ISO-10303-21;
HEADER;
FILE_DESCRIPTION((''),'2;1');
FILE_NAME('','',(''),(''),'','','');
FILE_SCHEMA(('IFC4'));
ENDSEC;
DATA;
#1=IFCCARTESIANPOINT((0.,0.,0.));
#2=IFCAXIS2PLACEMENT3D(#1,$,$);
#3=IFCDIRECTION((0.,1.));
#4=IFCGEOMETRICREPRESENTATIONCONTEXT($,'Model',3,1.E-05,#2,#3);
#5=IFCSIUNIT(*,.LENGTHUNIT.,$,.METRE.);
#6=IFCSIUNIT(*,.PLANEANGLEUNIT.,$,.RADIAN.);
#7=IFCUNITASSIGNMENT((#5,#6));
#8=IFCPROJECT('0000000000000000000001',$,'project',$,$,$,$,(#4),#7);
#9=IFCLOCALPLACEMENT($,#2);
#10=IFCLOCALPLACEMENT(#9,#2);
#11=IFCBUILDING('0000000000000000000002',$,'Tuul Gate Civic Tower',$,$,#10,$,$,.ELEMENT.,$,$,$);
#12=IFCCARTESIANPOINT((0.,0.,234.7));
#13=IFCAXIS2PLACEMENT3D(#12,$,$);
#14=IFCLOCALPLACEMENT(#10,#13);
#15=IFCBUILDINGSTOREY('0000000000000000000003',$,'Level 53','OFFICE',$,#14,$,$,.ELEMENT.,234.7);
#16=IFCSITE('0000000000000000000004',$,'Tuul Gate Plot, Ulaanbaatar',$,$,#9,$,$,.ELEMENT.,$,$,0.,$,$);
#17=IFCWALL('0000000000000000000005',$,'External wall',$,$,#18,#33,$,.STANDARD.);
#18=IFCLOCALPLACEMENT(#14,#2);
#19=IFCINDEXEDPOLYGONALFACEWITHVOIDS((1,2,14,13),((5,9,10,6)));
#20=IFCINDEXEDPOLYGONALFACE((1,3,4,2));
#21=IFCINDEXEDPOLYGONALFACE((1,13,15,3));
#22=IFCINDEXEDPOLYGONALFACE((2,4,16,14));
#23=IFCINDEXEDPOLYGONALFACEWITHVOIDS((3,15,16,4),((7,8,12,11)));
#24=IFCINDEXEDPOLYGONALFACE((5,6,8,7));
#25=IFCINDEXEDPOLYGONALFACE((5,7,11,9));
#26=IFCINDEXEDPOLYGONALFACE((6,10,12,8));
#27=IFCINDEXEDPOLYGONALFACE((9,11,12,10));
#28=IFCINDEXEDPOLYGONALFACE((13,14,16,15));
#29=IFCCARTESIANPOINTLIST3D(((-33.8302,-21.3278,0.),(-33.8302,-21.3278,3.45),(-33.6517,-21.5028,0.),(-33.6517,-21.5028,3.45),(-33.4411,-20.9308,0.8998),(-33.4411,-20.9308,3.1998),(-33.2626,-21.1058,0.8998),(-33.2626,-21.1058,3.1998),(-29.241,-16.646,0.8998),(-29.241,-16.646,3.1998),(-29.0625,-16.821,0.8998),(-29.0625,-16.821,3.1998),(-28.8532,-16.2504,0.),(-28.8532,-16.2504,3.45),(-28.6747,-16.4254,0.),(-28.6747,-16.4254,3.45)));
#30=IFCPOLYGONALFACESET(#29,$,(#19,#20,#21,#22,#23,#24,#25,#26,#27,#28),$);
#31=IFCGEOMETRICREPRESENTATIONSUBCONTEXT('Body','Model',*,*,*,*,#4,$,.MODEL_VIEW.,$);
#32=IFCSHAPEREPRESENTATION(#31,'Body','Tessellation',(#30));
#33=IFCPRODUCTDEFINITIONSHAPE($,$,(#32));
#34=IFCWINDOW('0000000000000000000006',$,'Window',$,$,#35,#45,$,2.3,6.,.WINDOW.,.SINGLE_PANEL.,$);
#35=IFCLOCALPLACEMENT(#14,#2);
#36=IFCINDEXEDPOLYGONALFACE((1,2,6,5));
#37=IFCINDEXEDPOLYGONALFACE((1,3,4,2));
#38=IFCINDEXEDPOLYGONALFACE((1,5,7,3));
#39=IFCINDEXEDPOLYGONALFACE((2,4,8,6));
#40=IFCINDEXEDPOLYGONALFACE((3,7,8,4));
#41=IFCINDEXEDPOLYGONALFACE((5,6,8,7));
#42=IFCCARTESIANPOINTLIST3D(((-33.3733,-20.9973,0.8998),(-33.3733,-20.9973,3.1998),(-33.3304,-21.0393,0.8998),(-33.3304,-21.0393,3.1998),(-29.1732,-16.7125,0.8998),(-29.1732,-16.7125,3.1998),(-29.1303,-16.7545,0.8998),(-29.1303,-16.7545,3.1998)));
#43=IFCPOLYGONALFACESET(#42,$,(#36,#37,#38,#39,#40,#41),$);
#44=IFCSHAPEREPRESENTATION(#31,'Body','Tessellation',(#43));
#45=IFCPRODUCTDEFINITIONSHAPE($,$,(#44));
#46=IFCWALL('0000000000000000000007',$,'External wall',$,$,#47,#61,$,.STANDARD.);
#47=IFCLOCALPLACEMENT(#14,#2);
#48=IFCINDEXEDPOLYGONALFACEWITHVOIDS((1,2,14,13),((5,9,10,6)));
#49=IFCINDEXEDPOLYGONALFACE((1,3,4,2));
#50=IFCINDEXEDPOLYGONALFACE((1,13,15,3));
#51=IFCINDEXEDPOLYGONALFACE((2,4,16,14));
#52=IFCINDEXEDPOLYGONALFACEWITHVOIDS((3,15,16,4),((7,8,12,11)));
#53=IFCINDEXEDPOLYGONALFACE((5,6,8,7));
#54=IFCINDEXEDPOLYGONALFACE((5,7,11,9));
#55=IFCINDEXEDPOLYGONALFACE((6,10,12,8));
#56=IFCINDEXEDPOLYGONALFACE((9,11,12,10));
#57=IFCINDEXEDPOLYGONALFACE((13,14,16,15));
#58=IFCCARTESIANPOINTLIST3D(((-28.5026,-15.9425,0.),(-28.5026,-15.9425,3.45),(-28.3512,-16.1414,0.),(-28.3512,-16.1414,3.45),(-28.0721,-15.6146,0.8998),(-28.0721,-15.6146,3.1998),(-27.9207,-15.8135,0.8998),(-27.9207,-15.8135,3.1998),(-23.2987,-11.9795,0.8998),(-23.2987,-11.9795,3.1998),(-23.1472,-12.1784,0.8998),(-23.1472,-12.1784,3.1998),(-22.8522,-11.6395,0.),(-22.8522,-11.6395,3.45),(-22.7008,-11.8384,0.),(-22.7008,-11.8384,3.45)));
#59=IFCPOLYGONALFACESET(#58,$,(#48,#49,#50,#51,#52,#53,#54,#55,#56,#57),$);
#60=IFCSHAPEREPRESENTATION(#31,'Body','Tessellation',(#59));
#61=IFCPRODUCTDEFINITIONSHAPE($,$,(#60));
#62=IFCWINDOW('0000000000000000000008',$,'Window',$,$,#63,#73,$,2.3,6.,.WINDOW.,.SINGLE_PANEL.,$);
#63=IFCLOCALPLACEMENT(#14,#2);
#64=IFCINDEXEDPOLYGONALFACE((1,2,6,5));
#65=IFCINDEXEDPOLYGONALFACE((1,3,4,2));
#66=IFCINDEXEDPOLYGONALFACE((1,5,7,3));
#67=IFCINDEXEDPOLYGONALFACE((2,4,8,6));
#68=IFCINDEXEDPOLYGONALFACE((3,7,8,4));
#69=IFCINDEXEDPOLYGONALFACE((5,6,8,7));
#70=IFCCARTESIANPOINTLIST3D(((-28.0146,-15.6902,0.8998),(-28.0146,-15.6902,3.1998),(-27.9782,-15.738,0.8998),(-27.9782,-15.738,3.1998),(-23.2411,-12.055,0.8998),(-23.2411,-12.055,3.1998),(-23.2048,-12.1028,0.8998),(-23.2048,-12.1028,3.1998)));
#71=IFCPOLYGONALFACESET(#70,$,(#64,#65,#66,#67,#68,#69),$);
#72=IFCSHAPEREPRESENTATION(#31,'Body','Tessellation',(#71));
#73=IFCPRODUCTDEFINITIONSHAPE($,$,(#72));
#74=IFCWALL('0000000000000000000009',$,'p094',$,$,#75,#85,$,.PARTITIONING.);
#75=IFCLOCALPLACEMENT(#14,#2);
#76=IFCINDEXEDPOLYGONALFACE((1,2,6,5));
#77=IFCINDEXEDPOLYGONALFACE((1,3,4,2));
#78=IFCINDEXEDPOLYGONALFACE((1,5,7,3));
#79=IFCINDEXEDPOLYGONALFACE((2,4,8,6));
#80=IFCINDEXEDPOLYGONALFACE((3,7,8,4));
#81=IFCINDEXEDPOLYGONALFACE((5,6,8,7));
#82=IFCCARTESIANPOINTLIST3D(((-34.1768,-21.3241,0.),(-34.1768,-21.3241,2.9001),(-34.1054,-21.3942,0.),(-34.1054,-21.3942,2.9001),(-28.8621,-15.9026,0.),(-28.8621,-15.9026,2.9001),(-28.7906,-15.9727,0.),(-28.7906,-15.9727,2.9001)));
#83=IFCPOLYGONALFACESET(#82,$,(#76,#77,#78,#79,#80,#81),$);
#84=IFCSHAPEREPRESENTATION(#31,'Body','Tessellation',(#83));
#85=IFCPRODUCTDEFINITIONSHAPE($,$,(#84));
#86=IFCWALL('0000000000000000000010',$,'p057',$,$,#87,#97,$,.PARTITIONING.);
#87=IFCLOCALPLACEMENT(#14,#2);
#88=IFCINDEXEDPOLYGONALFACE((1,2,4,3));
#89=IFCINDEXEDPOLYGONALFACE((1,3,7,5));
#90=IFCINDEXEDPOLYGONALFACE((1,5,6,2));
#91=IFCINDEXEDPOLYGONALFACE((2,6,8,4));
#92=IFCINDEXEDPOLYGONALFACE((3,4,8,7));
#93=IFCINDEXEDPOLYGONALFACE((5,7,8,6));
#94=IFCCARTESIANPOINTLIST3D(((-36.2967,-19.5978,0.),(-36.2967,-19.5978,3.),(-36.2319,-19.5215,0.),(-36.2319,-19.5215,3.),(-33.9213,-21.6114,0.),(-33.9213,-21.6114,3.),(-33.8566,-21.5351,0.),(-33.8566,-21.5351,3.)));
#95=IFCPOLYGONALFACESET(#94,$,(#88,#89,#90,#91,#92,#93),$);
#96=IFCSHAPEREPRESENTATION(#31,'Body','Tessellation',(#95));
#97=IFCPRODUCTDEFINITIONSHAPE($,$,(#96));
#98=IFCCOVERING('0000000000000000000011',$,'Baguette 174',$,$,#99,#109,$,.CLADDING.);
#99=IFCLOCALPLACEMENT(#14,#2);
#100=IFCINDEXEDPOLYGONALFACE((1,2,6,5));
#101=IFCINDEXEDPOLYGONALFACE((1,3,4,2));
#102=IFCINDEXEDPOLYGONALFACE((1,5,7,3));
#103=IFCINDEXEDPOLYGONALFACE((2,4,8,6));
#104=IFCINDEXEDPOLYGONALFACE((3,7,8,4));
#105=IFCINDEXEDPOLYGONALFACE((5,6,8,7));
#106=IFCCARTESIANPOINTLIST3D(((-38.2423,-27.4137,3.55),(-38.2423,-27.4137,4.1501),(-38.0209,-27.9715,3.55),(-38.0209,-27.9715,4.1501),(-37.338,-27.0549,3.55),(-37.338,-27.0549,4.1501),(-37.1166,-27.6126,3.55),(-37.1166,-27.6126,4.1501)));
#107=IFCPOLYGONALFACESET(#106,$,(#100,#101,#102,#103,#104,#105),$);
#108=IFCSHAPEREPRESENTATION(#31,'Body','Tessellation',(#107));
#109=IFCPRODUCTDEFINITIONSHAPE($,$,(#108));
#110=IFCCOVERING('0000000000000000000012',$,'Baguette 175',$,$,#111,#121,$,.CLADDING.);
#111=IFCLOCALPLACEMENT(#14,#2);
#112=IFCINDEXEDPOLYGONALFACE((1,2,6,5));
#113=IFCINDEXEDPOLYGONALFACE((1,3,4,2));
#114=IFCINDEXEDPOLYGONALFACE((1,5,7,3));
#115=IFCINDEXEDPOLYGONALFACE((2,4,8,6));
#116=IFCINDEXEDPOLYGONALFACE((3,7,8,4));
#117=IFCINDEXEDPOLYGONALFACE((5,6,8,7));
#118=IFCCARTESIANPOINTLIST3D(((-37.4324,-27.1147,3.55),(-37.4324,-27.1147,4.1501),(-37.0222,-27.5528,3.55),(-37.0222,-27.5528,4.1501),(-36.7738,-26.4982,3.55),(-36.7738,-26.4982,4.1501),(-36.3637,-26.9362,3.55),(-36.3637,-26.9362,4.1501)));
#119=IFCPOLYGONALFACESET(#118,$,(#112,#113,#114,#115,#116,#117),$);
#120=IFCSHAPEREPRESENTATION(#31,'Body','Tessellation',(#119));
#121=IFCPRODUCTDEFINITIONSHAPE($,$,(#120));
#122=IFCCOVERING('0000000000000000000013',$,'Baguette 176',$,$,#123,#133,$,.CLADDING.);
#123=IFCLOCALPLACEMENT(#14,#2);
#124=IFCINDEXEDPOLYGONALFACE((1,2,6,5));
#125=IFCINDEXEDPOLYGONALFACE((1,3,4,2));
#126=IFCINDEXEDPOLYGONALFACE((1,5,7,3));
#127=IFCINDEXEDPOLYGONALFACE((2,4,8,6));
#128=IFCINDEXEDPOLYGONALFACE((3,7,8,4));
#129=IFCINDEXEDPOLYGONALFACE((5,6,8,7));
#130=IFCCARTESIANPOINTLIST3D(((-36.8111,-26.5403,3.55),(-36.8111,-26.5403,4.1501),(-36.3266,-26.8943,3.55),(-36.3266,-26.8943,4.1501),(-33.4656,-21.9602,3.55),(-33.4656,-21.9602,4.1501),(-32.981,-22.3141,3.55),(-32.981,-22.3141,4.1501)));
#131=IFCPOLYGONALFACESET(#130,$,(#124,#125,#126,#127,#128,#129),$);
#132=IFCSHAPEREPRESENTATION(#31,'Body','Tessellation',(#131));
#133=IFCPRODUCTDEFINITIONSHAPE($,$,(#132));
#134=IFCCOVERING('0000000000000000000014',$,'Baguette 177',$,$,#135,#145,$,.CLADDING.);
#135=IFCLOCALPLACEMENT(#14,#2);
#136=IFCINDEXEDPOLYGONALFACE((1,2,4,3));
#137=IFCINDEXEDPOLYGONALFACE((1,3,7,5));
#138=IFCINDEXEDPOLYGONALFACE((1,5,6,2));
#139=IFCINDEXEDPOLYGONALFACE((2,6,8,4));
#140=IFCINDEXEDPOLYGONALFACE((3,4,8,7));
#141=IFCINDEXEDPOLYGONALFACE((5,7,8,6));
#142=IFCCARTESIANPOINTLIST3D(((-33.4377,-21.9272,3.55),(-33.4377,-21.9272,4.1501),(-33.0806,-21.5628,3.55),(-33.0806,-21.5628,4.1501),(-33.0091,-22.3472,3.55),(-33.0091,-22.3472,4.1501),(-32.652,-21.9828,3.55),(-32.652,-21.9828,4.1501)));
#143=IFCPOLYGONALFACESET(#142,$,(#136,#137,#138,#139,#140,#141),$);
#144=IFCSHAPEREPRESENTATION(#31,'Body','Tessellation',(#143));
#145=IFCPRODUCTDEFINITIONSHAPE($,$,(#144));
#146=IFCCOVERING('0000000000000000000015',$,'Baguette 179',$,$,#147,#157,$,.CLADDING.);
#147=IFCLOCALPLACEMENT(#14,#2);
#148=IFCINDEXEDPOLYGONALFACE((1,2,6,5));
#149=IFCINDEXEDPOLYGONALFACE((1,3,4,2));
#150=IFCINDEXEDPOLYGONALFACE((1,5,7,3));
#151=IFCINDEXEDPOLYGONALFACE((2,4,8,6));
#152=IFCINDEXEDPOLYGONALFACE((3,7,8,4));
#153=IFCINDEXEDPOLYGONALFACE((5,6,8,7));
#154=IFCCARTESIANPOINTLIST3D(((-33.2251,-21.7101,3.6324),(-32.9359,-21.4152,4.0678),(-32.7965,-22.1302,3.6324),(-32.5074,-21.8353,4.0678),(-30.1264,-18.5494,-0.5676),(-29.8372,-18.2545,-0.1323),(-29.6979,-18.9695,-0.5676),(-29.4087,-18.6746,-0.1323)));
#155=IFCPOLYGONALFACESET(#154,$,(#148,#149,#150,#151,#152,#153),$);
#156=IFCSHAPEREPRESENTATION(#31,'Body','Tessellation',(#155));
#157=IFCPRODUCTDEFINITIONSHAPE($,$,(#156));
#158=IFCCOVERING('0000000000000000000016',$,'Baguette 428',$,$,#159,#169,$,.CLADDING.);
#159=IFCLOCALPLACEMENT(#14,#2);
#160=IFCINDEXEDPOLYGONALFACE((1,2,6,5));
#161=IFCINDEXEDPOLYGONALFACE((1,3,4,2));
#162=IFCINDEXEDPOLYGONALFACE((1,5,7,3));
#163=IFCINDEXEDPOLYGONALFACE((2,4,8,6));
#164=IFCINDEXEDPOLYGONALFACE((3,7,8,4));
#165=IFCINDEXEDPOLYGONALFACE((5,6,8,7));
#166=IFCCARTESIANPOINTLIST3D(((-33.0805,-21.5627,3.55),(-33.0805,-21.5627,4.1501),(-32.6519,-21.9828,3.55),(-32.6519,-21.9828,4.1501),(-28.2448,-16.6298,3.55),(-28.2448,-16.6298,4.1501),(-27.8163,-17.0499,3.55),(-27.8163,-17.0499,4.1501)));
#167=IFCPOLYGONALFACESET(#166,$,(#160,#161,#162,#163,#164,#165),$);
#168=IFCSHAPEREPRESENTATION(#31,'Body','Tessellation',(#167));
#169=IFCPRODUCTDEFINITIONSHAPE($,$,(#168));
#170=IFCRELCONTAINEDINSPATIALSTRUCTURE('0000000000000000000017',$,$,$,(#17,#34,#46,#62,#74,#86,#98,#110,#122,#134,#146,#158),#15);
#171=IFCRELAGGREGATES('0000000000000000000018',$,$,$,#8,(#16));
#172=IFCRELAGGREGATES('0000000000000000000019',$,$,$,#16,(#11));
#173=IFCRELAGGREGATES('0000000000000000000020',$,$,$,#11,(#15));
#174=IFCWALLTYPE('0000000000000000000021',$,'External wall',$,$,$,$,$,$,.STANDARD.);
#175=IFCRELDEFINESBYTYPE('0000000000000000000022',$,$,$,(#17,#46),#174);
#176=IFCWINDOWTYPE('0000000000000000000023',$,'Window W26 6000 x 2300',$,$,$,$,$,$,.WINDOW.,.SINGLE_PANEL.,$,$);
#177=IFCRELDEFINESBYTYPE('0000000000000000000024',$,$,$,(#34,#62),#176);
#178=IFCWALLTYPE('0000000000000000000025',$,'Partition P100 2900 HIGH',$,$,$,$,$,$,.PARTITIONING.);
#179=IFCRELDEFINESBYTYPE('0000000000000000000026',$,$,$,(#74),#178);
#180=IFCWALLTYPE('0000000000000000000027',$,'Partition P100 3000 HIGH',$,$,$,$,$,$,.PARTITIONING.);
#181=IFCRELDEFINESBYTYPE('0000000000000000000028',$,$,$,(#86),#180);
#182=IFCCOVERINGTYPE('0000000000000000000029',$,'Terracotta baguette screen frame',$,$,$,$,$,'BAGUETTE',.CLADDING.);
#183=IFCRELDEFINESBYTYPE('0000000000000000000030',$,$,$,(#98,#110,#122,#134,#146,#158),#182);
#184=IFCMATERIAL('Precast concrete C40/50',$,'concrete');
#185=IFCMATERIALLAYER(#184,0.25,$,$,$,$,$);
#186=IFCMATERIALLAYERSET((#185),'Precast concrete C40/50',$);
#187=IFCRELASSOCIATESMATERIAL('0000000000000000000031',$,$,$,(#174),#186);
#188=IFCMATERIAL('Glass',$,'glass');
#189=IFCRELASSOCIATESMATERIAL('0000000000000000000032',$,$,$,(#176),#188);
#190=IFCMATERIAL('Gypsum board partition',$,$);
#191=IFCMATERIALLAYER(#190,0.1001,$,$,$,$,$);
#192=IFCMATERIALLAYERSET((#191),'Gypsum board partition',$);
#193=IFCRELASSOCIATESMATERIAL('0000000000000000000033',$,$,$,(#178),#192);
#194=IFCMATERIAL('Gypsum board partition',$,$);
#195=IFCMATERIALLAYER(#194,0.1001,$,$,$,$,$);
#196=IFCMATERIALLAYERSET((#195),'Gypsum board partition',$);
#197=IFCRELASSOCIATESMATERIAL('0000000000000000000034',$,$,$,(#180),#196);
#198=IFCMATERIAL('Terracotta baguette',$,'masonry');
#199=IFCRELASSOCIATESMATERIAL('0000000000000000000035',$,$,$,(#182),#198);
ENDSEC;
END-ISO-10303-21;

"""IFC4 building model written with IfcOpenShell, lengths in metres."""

from ifc_helpers import new_model, si_unit, direction, frame, frame_2d, origin, origin_2d, place, context, subcontext, project, spatial, rectangle, extrude, material, layer, layer_set, material_profile, profile_set, type_object, element, fill, save


model = new_model("IFC4")

# Units and contexts
model_context = context("Model", 3, precision=1e-05, world=origin(), true_north=direction((0.0, 1.0)))
body_context = subcontext(model_context, "Body", "Model", "MODEL_VIEW")
ifc_project = project(units=[si_unit("LENGTHUNIT", "METRE"), si_unit("PLANEANGLEUNIT", "RADIAN")], contexts=[model_context])

# Site, building, storey
site_placement = place(None, origin())
site = spatial("IfcSite", under=ifc_project, at=site_placement, Name="Tuul Gate Plot, Ulaanbaatar", CompositionType="ELEMENT", RefElevation=0.0)
building_placement = place(site_placement, origin())
building = spatial("IfcBuilding", under=site, at=building_placement, Name="Tuul Gate Civic Tower", CompositionType="ELEMENT")
storey_placement = place(building_placement, frame((0.0, 0.0, 234.7)))
storey = spatial("IfcBuildingStorey", under=building, at=storey_placement, Name="Level 53", Description="OFFICE", CompositionType="ELEMENT", Elevation=234.7)

# Walls, openings, windows
ifc_material_1 = material(Name="Precast concrete C40/50", Category="concrete")
ifc_layer_1 = layer(ifc_material_1, 0.25)
ifc_layer_set_1 = layer_set([ifc_layer_1], Name="Precast concrete C40/50")
wall_type_1 = type_object("IfcWallType", Name="External wall", PredefinedType="STANDARD", material=ifc_layer_set_1)
wall_1_placement = place(storey_placement, frame((-33.741, -21.4153, 0.0), z_axis=(0.0, 0.0, 1.0), x_axis=(0.700015, 0.714128, 0.0)))
wall_1 = element("IfcWall", 1, at=wall_1_placement, inside=storey, type_object=wall_type_1, Name="External wall", PredefinedType="STANDARD", context=body_context, shape_type="SweptSolid", body=[
    extrude(rectangle(XDim=7.1099, YDim=0.25, at=frame_2d((3.5549, 0.0))), origin(), (0.0, 0.0, 1.0), 3.45),
])
opening_1_placement = place(wall_1_placement, frame((0.5559, 0.0, 0.8999)))
opening_1 = element("IfcOpeningElement", 2, at=opening_1_placement, cuts=wall_1, PredefinedType="OPENING", context=body_context, shape_type="SweptSolid", body=[
    extrude(rectangle(XDim=6.0, YDim=2.3, at=frame_2d((3.0, 1.1499))), frame((0.0, 0.135, 0.0), z_axis=(0.0, -1.0, 0.0), x_axis=(1.0, 0.0, 0.0)), (0.0, 0.0, 1.0), 0.27),
])
ifc_material_2 = material(Name="Glass", Category="glass")
window_type_1 = type_object("IfcWindowType", Name="Window W26 6000 x 2300", PartitioningType="SINGLE_PANEL", PredefinedType="WINDOW", material=ifc_material_2)
window_1_placement = place(opening_1_placement, origin())
window_1 = element("IfcWindow", 3, at=window_1_placement, inside=storey, type_object=window_type_1, Name="Window", OverallHeight=2.3, OverallWidth=6.0, PartitioningType="SINGLE_PANEL", PredefinedType="WINDOW", context=body_context, shape_type="SweptSolid", body=[
    extrude(rectangle(XDim=6.0, YDim=2.3, at=frame_2d((3.0, 1.1499))), frame((0.0, 0.03, 0.0), z_axis=(0.0, -1.0, 0.0), x_axis=(1.0, 0.0, 0.0)), (0.0, 0.0, 1.0), 0.0601),
])
fill(opening_1, window_1)
wall_2_placement = place(storey_placement, frame((-28.427, -16.042, 0.0), z_axis=(0.0, 0.0, 1.0), x_axis=(0.795573, 0.605858, 0.0)))
wall_2 = element("IfcWall", 4, at=wall_2_placement, inside=storey, type_object=wall_type_1, Name="External wall", PredefinedType="STANDARD", context=body_context, shape_type="SweptSolid", body=[
    extrude(rectangle(XDim=7.1023, YDim=0.25, at=frame_2d((3.5513, 0.0))), origin(), (0.0, 0.0, 1.0), 3.45),
])
opening_2_placement = place(wall_2_placement, frame((0.5413, 0.0, 0.8999)))
opening_2 = element("IfcOpeningElement", 5, at=opening_2_placement, cuts=wall_2, PredefinedType="OPENING", context=body_context, shape_type="SweptSolid", body=[
    extrude(rectangle(XDim=6.0, YDim=2.3, at=frame_2d((3.0, 1.1499))), frame((0.0, 0.135, 0.0), z_axis=(0.0, -1.0, 0.0), x_axis=(1.0, 0.0, 0.0)), (0.0, 0.0, 1.0), 0.27),
])
window_2_placement = place(opening_2_placement, origin())
window_2 = element("IfcWindow", 6, at=window_2_placement, inside=storey, type_object=window_type_1, Name="Window", OverallHeight=2.3, OverallWidth=6.0, PartitioningType="SINGLE_PANEL", PredefinedType="WINDOW", context=body_context, shape_type="SweptSolid", body=[
    extrude(rectangle(XDim=6.0, YDim=2.3, at=frame_2d((3.0, 1.1499))), frame((0.0, 0.03, 0.0), z_axis=(0.0, -1.0, 0.0), x_axis=(1.0, 0.0, 0.0)), (0.0, 0.0, 1.0), 0.0601),
])
fill(opening_2, window_2)

# Walls
ifc_material_3 = material(Name="Gypsum board partition")
ifc_layer_2 = layer(ifc_material_3, 0.1001)
ifc_layer_set_2 = layer_set([ifc_layer_2], Name="Gypsum board partition")
wall_type_2 = type_object("IfcWallType", Name="Partition P100 2900 HIGH", PredefinedType="PARTITIONING", material=ifc_layer_set_2)
wall_3_placement = place(storey_placement, frame((-28.8264, -15.9377, 0.0), z_axis=(0.0, 0.0, 1.0), x_axis=(-0.700045, -0.714098, 0.0)))
element("IfcWall", 7, at=wall_3_placement, inside=storey, type_object=wall_type_2, Name="p094", PredefinedType="PARTITIONING", context=body_context, shape_type="SweptSolid", body=[
    extrude(rectangle(XDim=7.592, YDim=0.1001, at=frame_2d((3.7959, 0.0))), origin(), (0.0, 0.0, 1.0), 2.9001),
])
ifc_material_4 = material(Name="Gypsum board partition")
ifc_layer_3 = layer(ifc_material_4, 0.1001)
ifc_layer_set_3 = layer_set([ifc_layer_3], Name="Gypsum board partition")
wall_type_3 = type_object("IfcWallType", Name="Partition P100 3000 HIGH", PredefinedType="PARTITIONING", material=ifc_layer_set_3)
wall_4_placement = place(storey_placement, frame((-36.2644, -19.5596, 0.0), z_axis=(0.0, 0.0, 1.0), x_axis=(0.762809, -0.646624, 0.0)))
element("IfcWall", 8, at=wall_4_placement, inside=storey, type_object=wall_type_3, Name="p057", PredefinedType="PARTITIONING", context=body_context, shape_type="SweptSolid", body=[
    extrude(rectangle(XDim=3.114, YDim=0.1001, at=frame_2d((1.5571, 0.0))), origin(), (0.0, 0.0, 1.0), 3.0),
])

# Coverings
ifc_material_5 = material(Name="Terracotta baguette", Category="masonry")
ifc_material_profile_1 = material_profile(ifc_material_5, rectangle(XDim=0.6001, YDim=0.6001, at=origin_2d()), Name="Terracotta baguette screen frame")
ifc_profile_set_1 = profile_set([ifc_material_profile_1], Name="Terracotta baguette")
covering_type = type_object("IfcCoveringType", Name="Terracotta baguette screen frame", ElementType="BAGUETTE", PredefinedType="CLADDING", material=ifc_profile_set_1)
covering_1_placement = place(storey_placement, frame((-38.1316, -27.6926, 3.8501), z_axis=(0.929477, 0.36888, 0.0), x_axis=(-0.36888, 0.929477, 0.0)))
element("IfcCovering", 9, at=covering_1_placement, inside=storey, type_object=covering_type, Name="Baguette 174", PredefinedType="CLADDING", context=body_context, shape_type="SweptSolid", body=[
    extrude(rectangle(XDim=0.6001, YDim=0.6001, at=origin_2d()), origin(), (0.0, 0.0, 1.0), 0.9729),
])
covering_2_placement = place(storey_placement, frame((-37.2273, -27.3337, 3.8501), z_axis=(0.730001, 0.683446, 0.0), x_axis=(-0.683446, 0.730001, 0.0)))
element("IfcCovering", 10, at=covering_2_placement, inside=storey, type_object=covering_type, Name="Baguette 175", PredefinedType="CLADDING", context=body_context, shape_type="SweptSolid", body=[
    extrude(rectangle(XDim=0.6001, YDim=0.6001, at=origin_2d()), origin(), (0.0, 0.0, 1.0), 0.9021),
])
covering_3_placement = place(storey_placement, frame((-36.5688, -26.7173, 3.8501), z_axis=(0.589842, 0.807519, 0.0), x_axis=(-0.807519, 0.589842, 0.0)))
element("IfcCovering", 11, at=covering_3_placement, inside=storey, type_object=covering_type, Name="Baguette 176", PredefinedType="CLADDING", context=body_context, shape_type="SweptSolid", body=[
    extrude(rectangle(XDim=0.6001, YDim=0.6001, at=origin_2d()), origin(), (0.0, 0.0, 1.0), 5.6719),
])
covering_4_placement = place(storey_placement, frame((-33.2234, -22.1372, 3.8501), z_axis=(0.699894, 0.714246, 0.0), x_axis=(-0.714246, 0.699894, 0.0)))
element("IfcCovering", 12, at=covering_4_placement, inside=storey, type_object=covering_type, Name="Baguette 177", PredefinedType="CLADDING", context=body_context, shape_type="SweptSolid", body=[
    extrude(rectangle(XDim=0.6001, YDim=0.6001, at=origin_2d()), origin(), (0.0, 0.0, 1.0), 0.5103),
])
covering_5_placement = place(storey_placement, frame((-32.8662, -21.7727, 3.8501), z_axis=(0.507831, 0.517994, -0.688324), x_axis=(-0.714077, 0.700067, 0.0)))
element("IfcCovering", 13, at=covering_5_placement, inside=storey, type_object=covering_type, Name="Baguette 179", PredefinedType="CLADDING", context=body_context, shape_type="SweptSolid", body=[
    extrude(rectangle(XDim=0.6001, YDim=0.6001, at=origin_2d()), origin(), (0.0, 0.0, 1.0), 6.1018),
])
covering_6_placement = place(storey_placement, frame((-32.8662, -21.7727, 3.8501), z_axis=(0.700039, 0.714105, 0.0), x_axis=(-0.714105, 0.700039, 0.0)))
element("IfcCovering", 14, at=covering_6_placement, inside=storey, type_object=covering_type, Name="Baguette 428", PredefinedType="CLADDING", context=body_context, shape_type="SweptSolid", body=[
    extrude(rectangle(XDim=0.6001, YDim=0.6001, at=origin_2d()), origin(), (0.0, 0.0, 1.0), 6.9077),
])

save(model, "model.ifc")
